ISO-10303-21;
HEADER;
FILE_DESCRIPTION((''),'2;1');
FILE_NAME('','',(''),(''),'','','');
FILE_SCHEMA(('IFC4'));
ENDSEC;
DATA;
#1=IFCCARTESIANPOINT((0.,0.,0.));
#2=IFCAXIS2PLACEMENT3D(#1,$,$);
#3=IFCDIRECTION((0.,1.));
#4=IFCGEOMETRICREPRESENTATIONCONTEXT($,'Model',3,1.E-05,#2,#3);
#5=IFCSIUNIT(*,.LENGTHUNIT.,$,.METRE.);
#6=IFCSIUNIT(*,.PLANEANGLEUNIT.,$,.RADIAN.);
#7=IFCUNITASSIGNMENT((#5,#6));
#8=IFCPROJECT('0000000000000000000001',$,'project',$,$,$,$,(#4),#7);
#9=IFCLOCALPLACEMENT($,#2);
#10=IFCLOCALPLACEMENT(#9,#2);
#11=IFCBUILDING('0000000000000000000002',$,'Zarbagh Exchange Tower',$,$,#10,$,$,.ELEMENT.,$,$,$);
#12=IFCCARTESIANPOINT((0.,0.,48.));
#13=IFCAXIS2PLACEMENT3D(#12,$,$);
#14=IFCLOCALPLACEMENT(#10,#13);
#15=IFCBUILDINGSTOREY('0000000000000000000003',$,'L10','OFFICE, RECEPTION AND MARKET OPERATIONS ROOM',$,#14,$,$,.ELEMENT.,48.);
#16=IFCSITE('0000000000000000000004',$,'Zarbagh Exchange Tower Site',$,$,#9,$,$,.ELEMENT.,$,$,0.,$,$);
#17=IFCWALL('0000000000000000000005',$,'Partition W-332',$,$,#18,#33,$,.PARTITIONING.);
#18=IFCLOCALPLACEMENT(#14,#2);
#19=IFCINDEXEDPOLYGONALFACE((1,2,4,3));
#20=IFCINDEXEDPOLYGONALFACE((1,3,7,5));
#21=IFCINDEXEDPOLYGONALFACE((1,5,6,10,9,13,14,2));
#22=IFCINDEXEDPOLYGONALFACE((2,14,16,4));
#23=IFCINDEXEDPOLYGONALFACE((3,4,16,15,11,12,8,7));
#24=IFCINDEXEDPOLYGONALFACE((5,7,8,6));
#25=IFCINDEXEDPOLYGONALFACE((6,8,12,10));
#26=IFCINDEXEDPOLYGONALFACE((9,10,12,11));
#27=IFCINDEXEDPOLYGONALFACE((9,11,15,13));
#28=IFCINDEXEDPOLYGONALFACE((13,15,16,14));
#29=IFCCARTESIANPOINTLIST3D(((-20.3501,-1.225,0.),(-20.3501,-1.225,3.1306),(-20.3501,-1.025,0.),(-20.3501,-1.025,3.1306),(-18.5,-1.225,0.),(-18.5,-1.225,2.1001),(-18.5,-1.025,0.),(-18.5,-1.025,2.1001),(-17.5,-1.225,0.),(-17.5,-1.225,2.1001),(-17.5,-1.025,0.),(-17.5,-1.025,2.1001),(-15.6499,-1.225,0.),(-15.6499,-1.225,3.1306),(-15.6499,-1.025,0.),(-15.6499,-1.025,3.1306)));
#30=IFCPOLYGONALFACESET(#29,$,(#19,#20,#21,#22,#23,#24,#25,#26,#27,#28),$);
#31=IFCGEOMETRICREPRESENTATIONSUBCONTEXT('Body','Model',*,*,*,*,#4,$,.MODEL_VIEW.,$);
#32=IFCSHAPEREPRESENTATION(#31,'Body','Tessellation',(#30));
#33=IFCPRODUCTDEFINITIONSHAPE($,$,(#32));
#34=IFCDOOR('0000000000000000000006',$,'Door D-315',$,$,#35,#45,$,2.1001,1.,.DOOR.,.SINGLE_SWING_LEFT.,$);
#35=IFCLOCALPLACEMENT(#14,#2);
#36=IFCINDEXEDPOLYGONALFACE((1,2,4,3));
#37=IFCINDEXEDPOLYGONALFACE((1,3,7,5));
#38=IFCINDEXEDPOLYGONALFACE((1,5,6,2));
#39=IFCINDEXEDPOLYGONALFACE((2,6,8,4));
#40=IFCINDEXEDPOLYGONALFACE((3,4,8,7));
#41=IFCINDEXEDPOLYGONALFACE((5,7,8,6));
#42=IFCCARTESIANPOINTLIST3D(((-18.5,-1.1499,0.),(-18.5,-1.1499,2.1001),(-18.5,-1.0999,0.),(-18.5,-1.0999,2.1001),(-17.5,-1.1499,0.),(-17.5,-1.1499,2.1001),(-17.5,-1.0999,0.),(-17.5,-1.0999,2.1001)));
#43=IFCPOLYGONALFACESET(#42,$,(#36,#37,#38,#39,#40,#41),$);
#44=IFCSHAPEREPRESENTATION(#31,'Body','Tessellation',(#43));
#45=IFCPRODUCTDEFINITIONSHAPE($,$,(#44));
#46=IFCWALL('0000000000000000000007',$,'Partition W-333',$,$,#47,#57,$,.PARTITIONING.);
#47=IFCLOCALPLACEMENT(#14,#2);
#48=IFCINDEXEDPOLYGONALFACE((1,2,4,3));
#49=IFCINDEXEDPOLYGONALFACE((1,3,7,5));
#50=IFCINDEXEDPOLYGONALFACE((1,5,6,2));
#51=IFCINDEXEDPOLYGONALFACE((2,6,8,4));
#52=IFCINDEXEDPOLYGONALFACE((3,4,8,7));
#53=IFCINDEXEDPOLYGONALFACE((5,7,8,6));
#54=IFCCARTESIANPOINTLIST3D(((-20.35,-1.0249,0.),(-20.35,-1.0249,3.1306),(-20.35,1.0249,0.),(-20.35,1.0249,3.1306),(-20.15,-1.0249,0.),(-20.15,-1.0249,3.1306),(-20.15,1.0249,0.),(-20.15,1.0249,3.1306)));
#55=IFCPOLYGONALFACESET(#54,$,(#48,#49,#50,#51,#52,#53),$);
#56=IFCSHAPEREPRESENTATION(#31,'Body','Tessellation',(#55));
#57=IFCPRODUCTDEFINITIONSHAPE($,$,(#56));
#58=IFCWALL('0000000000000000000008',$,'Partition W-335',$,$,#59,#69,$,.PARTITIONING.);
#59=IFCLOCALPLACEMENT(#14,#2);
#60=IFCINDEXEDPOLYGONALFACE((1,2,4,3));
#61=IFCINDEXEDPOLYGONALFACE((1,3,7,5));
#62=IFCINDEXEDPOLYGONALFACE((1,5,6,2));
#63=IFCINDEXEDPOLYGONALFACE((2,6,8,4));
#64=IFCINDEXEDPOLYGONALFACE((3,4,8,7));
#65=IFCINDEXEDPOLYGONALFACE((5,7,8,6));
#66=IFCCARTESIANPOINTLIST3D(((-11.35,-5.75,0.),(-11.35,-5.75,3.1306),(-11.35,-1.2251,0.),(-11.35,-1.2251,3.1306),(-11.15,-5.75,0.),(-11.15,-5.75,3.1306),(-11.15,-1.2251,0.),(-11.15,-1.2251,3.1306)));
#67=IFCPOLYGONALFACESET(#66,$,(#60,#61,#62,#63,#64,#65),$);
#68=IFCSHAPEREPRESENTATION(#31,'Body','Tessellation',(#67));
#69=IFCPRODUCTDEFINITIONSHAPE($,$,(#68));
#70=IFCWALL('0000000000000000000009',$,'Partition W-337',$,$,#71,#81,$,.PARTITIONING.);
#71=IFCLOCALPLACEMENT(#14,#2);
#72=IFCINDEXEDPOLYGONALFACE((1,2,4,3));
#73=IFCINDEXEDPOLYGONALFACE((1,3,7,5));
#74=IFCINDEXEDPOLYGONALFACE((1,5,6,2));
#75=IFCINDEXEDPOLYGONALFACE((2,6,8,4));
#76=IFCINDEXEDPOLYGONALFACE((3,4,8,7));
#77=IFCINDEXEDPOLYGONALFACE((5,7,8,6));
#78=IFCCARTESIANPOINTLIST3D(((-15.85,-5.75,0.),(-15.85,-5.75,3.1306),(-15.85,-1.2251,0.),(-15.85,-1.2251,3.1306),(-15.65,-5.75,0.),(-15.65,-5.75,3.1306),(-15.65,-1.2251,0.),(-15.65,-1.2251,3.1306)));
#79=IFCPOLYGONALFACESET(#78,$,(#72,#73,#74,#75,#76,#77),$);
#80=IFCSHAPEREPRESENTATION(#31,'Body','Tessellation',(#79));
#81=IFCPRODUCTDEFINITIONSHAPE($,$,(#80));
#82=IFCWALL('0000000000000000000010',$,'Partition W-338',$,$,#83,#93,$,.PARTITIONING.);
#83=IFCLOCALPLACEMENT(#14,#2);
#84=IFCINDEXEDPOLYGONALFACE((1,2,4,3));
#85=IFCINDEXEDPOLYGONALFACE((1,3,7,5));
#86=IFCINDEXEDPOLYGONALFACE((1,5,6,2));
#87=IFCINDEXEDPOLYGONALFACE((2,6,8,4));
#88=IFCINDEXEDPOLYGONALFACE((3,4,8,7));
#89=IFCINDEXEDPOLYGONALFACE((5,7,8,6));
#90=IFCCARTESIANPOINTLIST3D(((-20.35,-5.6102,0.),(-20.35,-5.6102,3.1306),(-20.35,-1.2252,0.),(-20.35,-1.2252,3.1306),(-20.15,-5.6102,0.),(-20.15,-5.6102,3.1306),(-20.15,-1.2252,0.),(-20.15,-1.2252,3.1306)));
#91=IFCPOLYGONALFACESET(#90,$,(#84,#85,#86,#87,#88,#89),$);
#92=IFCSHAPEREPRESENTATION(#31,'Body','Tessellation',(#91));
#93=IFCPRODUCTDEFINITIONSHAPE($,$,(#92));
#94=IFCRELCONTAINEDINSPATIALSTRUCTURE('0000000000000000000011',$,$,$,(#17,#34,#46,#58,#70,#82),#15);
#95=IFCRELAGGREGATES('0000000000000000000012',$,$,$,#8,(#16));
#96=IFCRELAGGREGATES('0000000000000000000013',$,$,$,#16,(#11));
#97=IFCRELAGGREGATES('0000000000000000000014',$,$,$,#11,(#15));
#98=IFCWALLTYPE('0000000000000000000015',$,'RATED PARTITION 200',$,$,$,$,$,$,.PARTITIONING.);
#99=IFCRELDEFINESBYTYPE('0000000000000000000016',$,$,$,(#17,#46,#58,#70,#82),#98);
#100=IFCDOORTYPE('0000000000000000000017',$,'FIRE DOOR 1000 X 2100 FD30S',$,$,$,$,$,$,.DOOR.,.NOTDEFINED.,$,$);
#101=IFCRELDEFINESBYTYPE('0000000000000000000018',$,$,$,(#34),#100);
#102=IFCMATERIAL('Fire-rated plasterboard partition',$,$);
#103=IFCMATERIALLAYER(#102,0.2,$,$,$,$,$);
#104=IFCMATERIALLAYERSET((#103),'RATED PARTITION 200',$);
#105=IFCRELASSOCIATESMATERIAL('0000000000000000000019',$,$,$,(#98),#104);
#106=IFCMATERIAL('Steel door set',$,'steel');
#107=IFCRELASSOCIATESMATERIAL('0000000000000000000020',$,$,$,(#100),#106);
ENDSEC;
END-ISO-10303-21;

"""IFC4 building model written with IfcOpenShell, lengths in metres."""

from ifc_helpers import new_model, si_unit, direction, frame, frame_2d, origin, place, context, subcontext, project, spatial, rectangle, extrude, material, layer, layer_set, type_object, element, fill, save


model = new_model("IFC4")

# Units and contexts
model_context = context("Model", 3, precision=1e-05, world=origin(), true_north=direction((0.0, 1.0)))
body_context = subcontext(model_context, "Body", "Model", "MODEL_VIEW")
ifc_project = project(units=[si_unit("LENGTHUNIT", "METRE"), si_unit("PLANEANGLEUNIT", "RADIAN")], contexts=[model_context])

# Site, building, storey
site_placement = place(None, origin())
site = spatial("IfcSite", under=ifc_project, at=site_placement, Name="Zarbagh Exchange Tower Site", CompositionType="ELEMENT", RefElevation=0.0)
building_placement = place(site_placement, origin())
building = spatial("IfcBuilding", under=site, at=building_placement, Name="Zarbagh Exchange Tower", CompositionType="ELEMENT")
storey_placement = place(building_placement, frame((0.0, 0.0, 48.0)))
storey = spatial("IfcBuildingStorey", under=building, at=storey_placement, Name="L10", Description="OFFICE, RECEPTION AND MARKET OPERATIONS ROOM", CompositionType="ELEMENT", Elevation=48.0)

# Shared definitions
ifc_material_1 = material(Name="Fire-rated plasterboard partition")
ifc_layer_1 = layer(ifc_material_1, 0.2)
ifc_layer_set_1 = layer_set([ifc_layer_1], Name="RATED PARTITION 200")
wall_type_1 = type_object("IfcWallType", Name="RATED PARTITION 200", PredefinedType="PARTITIONING", material=ifc_layer_set_1)

# Wall, opening, door
ifc_material_2 = material(Name="Steel door set", Category="steel")
door_type_1 = type_object("IfcDoorType", Name="FIRE DOOR 1000 X 2100 FD30S", OperationType="NOTDEFINED", PredefinedType="DOOR", material=ifc_material_2)
wall_1_placement = place(storey_placement, frame((-15.6499, -1.125, 0.0), z_axis=(0.0, 0.0, 1.0), x_axis=(-1.0, 0.0, 0.0)))
wall_1 = element("IfcWall", 1, at=wall_1_placement, inside=storey, type_object=wall_type_1, Name="Partition W-332", PredefinedType="PARTITIONING", context=body_context, shape_type="SweptSolid", body=[
    extrude(rectangle(XDim=4.7002, YDim=0.2, at=frame_2d((2.3501, 0.0))), origin(), (0.0, 0.0, 1.0), 3.1306),
])
opening_1_placement = place(wall_1_placement, frame((1.8501, 0.0, 0.0)))
opening_1 = element("IfcOpeningElement", 2, at=opening_1_placement, cuts=wall_1, PredefinedType="OPENING", context=body_context, shape_type="SweptSolid", body=[
    extrude(rectangle(XDim=1.0, YDim=2.1001, at=frame_2d((0.5, 1.05))), frame((0.0, 0.1099, 0.0), z_axis=(0.0, -1.0, 0.0), x_axis=(1.0, 0.0, 0.0)), (0.0, 0.0, 1.0), 0.22),
])
door_1_placement = place(opening_1_placement, origin())
door_1 = element("IfcDoor", 3, at=door_1_placement, inside=storey, type_object=door_type_1, Name="Door D-315", OperationType="SINGLE_SWING_LEFT", OverallHeight=2.1001, OverallWidth=1.0, PredefinedType="DOOR", context=body_context, shape_type="SweptSolid", body=[
    extrude(rectangle(XDim=1.0, YDim=2.1001, at=frame_2d((0.5, 1.05))), frame((0.0, 0.0249, 0.0), z_axis=(0.0, -1.0, 0.0), x_axis=(1.0, 0.0, 0.0)), (0.0, 0.0, 1.0), 0.05),
])
fill(opening_1, door_1)

# Walls
wall_2_placement = place(storey_placement, frame((-20.25, -1.0249, 0.0), z_axis=(0.0, 0.0, 1.0), x_axis=(0.0, 1.0, 0.0)))
element("IfcWall", 4, at=wall_2_placement, inside=storey, type_object=wall_type_1, Name="Partition W-333", PredefinedType="PARTITIONING", context=body_context, shape_type="SweptSolid", body=[
    extrude(rectangle(XDim=2.0498, YDim=0.2, at=frame_2d((1.0249, 0.0))), origin(), (0.0, 0.0, 1.0), 3.1306),
])
for number, where, z_axis, x_axis, name in (
    (5, (-11.25, -5.75, 0.0), (0.0, 0.0, 1.0), (0.0, 1.0, 0.0), "Partition W-335"),
    (6, (-15.75, -5.75, 0.0), (0.0, 0.0, 1.0), (0.0, 1.0, 0.0), "Partition W-337"),
):
    element("IfcWall", number, at=place(storey_placement, frame(where, z_axis=z_axis, x_axis=x_axis)), inside=storey, type_object=wall_type_1, Name=name, PredefinedType="PARTITIONING", context=body_context, shape_type="SweptSolid", body=[
        extrude(rectangle(XDim=4.5249, YDim=0.2, at=frame_2d((2.2625, 0.0))), origin(), (0.0, 0.0, 1.0), 3.1306),
    ])
wall_3_placement = place(storey_placement, frame((-20.25, -5.6101, 0.0), z_axis=(0.0, 0.0, 1.0), x_axis=(0.0, 1.0, 0.0)))
element("IfcWall", 7, at=wall_3_placement, inside=storey, type_object=wall_type_1, Name="Partition W-338", PredefinedType="PARTITIONING", context=body_context, shape_type="SweptSolid", body=[
    extrude(rectangle(XDim=4.385, YDim=0.2, at=frame_2d((2.1924, 0.0))), origin(), (0.0, 0.0, 1.0), 3.1306),
])

save(model, "model.ifc")
